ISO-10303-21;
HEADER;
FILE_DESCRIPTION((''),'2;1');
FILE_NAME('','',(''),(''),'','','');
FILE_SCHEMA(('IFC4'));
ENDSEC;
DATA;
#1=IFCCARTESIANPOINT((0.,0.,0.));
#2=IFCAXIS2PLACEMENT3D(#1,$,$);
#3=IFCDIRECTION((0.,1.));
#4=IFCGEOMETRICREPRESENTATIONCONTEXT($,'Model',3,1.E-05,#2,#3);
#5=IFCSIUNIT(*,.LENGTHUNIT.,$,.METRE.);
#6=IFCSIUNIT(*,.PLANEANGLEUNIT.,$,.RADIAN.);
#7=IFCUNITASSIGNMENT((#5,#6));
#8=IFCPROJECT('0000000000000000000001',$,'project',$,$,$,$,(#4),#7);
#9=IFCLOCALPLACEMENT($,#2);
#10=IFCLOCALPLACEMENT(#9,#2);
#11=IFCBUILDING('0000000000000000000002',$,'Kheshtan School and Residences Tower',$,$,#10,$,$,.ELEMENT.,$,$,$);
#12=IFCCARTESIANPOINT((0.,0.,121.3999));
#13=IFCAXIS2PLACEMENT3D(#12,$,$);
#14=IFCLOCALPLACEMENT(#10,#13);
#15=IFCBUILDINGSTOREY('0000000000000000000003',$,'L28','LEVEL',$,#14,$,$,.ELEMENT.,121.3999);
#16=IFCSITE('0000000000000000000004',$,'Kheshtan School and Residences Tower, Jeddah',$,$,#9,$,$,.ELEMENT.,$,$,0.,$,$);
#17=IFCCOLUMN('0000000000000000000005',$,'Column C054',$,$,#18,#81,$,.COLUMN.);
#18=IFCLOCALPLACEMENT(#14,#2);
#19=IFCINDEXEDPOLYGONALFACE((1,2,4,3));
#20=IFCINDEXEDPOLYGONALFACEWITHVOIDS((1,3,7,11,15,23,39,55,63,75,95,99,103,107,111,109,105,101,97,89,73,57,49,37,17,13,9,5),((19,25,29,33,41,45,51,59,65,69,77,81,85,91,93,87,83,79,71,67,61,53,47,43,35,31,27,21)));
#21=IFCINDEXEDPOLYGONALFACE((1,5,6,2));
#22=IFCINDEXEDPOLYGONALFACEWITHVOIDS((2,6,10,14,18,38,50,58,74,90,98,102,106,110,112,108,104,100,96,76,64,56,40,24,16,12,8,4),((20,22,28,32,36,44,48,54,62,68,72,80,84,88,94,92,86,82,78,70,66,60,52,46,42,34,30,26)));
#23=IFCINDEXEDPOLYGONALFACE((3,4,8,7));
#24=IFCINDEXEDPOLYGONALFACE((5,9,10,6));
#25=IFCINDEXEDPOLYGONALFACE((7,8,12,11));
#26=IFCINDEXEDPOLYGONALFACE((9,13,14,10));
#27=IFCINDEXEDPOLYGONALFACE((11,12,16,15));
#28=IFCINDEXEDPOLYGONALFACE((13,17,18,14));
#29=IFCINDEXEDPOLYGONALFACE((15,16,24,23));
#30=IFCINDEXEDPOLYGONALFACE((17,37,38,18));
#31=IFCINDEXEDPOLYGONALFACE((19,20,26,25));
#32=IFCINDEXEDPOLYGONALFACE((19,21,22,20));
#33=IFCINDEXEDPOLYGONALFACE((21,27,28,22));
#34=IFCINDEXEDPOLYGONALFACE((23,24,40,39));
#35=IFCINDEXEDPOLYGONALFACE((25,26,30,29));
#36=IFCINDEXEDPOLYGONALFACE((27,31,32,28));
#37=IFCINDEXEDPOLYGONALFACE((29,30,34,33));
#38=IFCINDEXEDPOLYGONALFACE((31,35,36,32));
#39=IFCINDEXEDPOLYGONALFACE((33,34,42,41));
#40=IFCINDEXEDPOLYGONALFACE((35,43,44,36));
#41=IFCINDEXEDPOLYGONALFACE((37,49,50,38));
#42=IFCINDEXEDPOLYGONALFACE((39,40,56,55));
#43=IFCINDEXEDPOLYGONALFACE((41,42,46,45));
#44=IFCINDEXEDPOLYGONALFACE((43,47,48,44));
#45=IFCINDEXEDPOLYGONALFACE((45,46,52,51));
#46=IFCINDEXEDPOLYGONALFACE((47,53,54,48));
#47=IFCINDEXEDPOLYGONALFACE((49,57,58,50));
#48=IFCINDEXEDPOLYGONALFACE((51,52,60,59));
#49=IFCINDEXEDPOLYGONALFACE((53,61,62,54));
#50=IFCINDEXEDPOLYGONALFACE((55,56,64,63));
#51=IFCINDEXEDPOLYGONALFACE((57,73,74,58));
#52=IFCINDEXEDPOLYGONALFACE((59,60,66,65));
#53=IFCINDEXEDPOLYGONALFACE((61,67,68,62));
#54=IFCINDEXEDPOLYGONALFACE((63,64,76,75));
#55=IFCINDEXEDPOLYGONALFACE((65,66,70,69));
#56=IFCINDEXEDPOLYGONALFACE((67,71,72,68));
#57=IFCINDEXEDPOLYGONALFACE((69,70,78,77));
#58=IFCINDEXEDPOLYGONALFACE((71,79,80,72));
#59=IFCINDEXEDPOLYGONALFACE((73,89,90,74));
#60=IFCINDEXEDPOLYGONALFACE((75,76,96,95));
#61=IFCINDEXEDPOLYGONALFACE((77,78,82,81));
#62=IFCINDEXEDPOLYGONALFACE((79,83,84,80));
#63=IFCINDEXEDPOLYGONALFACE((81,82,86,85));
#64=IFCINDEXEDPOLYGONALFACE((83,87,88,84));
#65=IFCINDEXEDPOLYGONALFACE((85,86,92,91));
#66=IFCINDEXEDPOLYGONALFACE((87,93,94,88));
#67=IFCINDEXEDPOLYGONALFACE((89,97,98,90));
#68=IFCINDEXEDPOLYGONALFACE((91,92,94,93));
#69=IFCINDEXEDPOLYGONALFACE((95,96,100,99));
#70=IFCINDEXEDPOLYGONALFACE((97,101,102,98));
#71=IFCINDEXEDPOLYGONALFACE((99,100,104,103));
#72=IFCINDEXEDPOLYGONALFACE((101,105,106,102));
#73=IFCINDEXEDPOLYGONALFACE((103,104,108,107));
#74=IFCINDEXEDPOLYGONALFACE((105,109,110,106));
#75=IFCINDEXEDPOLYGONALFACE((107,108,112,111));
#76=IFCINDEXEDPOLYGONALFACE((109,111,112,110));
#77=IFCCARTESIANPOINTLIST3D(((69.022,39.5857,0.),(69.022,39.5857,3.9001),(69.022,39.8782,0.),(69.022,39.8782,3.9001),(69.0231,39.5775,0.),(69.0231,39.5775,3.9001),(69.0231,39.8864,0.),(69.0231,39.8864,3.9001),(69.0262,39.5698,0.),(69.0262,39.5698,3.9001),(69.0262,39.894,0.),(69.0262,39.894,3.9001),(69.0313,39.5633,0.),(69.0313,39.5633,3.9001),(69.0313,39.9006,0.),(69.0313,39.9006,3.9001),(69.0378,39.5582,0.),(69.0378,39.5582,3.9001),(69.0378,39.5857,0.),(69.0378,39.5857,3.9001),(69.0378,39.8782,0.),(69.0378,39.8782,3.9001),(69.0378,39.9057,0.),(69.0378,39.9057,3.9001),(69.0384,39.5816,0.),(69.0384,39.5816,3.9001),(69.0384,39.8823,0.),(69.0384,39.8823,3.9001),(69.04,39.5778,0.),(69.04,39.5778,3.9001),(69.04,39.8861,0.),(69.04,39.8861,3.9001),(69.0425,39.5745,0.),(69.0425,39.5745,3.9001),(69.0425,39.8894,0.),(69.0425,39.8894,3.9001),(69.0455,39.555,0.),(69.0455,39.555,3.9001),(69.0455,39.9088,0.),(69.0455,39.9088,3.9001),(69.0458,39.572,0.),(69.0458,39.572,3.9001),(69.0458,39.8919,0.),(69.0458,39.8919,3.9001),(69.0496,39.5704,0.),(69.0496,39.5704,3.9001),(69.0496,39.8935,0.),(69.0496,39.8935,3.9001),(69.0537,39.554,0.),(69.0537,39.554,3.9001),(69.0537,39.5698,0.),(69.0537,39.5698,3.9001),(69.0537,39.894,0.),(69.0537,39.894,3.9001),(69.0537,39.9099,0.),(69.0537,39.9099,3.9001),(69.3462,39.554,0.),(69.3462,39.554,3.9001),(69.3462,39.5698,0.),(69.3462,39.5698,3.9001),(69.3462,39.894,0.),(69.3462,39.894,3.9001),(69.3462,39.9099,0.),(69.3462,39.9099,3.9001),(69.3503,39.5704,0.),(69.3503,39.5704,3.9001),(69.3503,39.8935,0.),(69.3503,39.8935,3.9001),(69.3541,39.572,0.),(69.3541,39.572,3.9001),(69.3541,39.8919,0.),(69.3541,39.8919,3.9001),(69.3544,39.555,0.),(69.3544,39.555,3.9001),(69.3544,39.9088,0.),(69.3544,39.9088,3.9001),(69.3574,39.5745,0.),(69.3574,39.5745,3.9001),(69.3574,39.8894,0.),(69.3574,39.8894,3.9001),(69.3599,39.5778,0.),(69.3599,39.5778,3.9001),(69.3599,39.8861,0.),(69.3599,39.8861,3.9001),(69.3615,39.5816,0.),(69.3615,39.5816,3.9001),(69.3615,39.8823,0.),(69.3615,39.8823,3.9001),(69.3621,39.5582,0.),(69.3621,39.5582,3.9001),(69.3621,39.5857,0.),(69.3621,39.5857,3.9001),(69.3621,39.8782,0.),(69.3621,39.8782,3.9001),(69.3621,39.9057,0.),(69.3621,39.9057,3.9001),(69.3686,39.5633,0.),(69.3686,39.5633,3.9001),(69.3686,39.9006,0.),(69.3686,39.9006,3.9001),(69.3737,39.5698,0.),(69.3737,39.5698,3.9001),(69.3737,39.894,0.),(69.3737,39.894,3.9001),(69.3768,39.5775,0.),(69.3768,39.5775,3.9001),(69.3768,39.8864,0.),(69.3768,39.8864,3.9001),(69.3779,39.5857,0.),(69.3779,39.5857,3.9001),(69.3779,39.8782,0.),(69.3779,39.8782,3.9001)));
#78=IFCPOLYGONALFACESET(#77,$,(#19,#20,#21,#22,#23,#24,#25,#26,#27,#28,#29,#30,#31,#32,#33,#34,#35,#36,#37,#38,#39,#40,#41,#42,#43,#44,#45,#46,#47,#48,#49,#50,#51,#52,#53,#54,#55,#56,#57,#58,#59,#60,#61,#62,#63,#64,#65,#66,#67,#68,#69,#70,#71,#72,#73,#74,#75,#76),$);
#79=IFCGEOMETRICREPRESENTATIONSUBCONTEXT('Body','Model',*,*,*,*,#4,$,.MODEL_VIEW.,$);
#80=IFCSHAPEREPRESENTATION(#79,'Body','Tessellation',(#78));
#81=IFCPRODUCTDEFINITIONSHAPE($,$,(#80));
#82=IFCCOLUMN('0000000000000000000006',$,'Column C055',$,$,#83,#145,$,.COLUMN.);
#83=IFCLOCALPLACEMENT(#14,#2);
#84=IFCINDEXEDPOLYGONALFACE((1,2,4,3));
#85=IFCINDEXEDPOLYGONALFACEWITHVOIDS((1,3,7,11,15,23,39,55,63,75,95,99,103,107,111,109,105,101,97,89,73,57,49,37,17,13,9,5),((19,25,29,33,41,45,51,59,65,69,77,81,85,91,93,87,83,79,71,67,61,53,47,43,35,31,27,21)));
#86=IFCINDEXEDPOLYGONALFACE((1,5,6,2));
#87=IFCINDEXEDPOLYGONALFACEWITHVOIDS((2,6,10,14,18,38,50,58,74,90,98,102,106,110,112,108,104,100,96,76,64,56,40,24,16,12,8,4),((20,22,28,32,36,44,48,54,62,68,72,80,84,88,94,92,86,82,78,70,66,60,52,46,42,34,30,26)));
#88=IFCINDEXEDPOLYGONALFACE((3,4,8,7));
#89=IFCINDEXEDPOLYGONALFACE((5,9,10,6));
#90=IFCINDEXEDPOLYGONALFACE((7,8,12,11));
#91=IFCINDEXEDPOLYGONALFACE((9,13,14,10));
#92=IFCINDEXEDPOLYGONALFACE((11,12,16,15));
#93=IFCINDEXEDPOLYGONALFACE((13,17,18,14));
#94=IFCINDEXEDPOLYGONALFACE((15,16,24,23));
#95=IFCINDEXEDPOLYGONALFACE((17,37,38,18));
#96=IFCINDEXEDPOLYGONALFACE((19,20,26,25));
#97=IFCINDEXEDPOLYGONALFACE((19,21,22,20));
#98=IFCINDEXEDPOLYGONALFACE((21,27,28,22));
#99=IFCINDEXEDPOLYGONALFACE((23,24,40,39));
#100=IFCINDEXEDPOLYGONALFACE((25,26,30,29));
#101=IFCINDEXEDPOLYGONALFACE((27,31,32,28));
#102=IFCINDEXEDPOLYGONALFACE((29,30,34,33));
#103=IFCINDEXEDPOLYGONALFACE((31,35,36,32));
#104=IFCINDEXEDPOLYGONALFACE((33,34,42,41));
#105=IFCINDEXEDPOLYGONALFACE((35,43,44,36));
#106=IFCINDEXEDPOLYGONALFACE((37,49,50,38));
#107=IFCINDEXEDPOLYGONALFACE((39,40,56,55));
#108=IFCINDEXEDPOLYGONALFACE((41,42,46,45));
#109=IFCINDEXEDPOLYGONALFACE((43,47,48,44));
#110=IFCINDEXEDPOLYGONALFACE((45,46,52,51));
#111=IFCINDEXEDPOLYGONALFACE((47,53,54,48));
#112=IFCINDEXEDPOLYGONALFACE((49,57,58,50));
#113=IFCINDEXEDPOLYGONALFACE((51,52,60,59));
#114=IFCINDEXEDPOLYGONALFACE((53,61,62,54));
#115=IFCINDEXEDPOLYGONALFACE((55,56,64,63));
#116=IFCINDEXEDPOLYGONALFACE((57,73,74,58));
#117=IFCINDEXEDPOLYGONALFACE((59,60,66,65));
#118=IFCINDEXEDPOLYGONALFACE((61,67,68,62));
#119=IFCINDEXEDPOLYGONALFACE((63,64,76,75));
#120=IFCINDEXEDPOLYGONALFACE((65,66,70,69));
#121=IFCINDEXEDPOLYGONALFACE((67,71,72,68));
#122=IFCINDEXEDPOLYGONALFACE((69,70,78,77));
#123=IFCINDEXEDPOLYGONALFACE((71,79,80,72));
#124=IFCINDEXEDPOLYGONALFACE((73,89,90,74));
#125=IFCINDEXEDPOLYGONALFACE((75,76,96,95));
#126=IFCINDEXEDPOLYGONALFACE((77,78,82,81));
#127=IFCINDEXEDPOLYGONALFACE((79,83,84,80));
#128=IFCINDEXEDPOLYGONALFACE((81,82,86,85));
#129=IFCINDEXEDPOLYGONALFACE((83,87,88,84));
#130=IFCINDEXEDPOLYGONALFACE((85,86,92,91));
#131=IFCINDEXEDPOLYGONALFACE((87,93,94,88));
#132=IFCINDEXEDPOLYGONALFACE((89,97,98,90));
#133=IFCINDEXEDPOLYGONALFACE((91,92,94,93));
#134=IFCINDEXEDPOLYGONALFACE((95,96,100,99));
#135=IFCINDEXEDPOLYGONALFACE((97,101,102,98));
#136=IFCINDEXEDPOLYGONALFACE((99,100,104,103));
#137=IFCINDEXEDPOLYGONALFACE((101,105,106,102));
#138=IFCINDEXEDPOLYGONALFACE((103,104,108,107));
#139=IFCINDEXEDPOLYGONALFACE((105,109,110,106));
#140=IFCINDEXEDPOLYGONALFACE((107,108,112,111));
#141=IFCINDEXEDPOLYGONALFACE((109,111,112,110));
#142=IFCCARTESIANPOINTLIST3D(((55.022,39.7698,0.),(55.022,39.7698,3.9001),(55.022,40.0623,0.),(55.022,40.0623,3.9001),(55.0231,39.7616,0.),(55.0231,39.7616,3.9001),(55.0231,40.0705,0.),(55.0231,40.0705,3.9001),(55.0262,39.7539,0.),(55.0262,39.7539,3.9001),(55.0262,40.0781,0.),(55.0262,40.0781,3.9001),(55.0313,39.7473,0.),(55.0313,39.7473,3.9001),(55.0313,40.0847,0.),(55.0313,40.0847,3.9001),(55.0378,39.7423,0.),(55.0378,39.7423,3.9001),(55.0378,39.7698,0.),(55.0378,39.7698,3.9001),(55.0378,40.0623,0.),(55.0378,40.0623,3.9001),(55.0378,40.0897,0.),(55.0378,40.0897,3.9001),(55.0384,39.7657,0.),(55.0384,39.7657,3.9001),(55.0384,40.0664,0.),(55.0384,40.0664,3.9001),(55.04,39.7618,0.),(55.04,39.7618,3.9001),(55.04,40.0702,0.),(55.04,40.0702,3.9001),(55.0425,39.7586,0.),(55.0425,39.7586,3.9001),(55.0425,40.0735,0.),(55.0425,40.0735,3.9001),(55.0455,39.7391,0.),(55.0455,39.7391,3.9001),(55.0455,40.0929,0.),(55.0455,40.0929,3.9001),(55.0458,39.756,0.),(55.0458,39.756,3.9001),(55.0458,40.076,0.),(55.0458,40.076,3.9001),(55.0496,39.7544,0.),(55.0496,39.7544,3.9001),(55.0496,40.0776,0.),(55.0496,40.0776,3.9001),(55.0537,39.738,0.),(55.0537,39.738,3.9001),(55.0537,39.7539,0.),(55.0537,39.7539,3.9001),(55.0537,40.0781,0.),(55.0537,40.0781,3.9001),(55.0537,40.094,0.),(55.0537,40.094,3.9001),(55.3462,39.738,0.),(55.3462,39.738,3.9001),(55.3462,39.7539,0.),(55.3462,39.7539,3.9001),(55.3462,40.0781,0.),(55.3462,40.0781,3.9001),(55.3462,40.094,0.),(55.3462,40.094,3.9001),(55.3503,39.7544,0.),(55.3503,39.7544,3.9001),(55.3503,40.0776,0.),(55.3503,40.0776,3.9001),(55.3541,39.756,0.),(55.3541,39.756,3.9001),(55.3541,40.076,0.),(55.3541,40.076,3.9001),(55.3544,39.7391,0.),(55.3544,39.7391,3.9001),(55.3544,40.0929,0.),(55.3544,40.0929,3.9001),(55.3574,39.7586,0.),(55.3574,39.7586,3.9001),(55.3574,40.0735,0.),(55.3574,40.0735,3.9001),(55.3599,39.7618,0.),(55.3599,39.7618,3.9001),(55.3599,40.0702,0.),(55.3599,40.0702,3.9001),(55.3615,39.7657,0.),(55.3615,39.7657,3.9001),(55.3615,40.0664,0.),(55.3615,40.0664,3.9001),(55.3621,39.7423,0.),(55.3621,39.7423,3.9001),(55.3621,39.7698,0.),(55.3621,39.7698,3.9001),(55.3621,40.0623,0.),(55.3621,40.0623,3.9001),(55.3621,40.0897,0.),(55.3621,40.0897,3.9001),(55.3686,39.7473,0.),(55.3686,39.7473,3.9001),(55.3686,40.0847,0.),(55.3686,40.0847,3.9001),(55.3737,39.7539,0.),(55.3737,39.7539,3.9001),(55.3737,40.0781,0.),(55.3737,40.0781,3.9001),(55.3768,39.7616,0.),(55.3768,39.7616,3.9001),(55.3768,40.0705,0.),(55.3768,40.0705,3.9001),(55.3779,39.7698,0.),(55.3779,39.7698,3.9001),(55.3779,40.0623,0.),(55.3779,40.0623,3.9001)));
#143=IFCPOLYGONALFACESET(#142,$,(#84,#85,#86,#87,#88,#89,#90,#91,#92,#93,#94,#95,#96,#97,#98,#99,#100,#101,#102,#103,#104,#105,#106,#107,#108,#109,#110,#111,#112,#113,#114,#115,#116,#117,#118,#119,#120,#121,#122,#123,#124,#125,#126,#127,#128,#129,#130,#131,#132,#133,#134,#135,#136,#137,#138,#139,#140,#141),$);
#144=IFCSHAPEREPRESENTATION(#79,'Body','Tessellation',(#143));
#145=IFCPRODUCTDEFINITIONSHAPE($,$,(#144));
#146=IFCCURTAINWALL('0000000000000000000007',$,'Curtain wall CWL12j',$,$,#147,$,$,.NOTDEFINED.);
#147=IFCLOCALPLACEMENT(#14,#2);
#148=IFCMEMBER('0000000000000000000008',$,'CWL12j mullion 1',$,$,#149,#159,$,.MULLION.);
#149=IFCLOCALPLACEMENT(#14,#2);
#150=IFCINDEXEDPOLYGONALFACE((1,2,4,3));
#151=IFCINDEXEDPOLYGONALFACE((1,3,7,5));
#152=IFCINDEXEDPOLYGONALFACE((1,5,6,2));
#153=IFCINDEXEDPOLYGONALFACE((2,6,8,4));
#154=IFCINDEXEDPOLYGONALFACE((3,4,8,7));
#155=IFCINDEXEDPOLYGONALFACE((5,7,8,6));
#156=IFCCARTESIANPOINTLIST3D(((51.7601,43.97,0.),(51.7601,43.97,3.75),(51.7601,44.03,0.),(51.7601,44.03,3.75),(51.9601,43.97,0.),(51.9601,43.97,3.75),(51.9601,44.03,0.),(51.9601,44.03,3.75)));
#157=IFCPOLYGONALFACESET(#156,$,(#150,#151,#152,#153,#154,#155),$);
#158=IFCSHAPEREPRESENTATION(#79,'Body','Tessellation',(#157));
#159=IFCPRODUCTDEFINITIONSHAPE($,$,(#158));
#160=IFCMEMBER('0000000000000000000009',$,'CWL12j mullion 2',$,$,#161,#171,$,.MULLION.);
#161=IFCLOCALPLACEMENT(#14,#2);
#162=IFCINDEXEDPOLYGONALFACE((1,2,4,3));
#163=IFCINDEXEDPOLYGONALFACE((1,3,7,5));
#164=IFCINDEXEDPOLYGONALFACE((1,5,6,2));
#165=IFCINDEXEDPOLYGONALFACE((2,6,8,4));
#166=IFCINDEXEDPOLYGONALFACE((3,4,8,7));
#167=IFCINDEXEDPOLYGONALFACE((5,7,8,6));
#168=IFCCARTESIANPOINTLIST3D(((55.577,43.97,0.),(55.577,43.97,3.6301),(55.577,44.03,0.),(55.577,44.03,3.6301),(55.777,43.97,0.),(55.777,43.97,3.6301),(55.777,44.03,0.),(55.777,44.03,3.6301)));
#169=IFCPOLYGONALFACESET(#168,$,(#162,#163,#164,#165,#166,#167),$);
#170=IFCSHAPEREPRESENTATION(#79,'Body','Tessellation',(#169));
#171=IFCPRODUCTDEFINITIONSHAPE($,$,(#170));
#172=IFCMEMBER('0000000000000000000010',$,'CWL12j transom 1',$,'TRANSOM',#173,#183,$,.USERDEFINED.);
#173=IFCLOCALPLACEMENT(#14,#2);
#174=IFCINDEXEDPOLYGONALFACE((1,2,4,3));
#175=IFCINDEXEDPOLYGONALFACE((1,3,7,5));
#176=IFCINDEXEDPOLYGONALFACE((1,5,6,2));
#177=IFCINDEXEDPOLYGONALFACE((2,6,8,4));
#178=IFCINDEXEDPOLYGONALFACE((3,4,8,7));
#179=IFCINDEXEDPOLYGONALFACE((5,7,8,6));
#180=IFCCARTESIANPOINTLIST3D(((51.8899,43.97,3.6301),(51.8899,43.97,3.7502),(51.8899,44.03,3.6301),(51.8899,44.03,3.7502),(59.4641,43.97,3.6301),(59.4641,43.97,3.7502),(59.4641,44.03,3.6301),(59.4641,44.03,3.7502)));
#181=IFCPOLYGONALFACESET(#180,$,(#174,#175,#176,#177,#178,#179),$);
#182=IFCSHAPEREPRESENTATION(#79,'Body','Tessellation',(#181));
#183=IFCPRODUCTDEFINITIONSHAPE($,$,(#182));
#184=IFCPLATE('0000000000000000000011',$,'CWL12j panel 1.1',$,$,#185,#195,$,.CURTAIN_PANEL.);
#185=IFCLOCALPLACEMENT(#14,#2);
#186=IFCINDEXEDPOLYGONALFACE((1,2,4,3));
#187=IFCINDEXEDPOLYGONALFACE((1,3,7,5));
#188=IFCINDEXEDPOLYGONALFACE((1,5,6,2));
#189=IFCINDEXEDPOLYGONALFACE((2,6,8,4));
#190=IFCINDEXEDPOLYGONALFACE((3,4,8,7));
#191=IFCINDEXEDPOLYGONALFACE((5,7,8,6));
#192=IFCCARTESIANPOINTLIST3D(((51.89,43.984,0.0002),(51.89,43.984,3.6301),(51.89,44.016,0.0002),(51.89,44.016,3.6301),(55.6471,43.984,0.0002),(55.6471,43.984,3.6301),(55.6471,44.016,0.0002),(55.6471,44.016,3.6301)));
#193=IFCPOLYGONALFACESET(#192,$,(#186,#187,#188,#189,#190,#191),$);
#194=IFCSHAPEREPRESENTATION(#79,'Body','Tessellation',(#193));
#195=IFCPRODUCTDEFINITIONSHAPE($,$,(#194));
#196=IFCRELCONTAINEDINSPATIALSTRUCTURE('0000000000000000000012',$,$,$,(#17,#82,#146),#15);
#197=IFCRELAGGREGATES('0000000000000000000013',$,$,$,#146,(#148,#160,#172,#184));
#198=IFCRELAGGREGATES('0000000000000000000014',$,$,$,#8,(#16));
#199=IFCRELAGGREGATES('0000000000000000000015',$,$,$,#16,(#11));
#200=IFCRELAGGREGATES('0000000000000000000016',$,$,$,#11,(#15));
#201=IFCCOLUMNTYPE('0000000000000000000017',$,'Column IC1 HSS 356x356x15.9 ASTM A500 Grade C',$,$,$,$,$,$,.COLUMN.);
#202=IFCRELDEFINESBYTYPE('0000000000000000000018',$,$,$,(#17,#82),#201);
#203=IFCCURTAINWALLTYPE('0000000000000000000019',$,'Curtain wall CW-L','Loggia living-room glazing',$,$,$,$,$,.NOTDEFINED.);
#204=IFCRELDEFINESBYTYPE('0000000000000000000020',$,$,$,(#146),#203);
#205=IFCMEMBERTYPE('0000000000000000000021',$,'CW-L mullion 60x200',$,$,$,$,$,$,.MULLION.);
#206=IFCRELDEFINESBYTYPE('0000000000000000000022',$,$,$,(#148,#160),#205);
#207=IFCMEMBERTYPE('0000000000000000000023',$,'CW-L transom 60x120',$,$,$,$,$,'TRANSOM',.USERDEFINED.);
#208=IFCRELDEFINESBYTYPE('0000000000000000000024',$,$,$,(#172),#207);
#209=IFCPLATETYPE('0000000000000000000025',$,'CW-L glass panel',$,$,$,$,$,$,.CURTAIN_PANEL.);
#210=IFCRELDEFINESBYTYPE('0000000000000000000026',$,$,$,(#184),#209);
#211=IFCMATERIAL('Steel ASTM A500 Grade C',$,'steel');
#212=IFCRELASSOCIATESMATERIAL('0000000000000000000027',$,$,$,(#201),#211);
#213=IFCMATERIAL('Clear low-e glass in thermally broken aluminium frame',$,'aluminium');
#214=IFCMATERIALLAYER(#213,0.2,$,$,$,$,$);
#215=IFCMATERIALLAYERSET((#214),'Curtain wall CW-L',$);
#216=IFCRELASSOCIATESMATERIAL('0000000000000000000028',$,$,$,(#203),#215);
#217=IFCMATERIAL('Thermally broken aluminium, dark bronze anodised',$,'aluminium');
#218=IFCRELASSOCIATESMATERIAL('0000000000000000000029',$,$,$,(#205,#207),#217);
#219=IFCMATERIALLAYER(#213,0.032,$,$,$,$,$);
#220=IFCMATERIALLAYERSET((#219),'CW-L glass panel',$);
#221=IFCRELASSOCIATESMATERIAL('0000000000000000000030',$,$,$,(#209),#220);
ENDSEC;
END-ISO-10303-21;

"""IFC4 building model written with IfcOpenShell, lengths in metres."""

from ifc_helpers import new_model, si_unit, direction, frame, origin, origin_2d, place, context, subcontext, project, spatial, rectangle, hollow_rectangle, extrude, material, layer, layer_set, material_profile, profile_set, type_object, element, aggregate, save


model = new_model("IFC4")

# Units and contexts
model_context = context("Model", 3, precision=1e-05, world=origin(), true_north=direction((0.0, 1.0)))
body_context = subcontext(model_context, "Body", "Model", "MODEL_VIEW")
ifc_project = project(units=[si_unit("LENGTHUNIT", "METRE"), si_unit("PLANEANGLEUNIT", "RADIAN")], contexts=[model_context])

# Site, building, storey
site_placement = place(None, origin())
site = spatial("IfcSite", under=ifc_project, at=site_placement, Name="Kheshtan School and Residences Tower, Jeddah", CompositionType="ELEMENT", RefElevation=0.0)
building_placement = place(site_placement, origin())
building = spatial("IfcBuilding", under=site, at=building_placement, Name="Kheshtan School and Residences Tower", CompositionType="ELEMENT")
storey_placement = place(building_placement, frame((0.0, 0.0, 121.3999)))
storey = spatial("IfcBuildingStorey", under=building, at=storey_placement, Name="L28", Description="LEVEL", CompositionType="ELEMENT", Elevation=121.3999)

# Columns
ifc_material_1 = material(Name="Steel ASTM A500 Grade C", Category="steel")
ifc_material_profile_1 = material_profile(ifc_material_1, hollow_rectangle(XDim=0.356, YDim=0.356, WallThickness=0.0159, InnerFilletRadius=0.0159, OuterFilletRadius=0.0317, at=origin_2d()), Name="HSS 356x356x15.9")
ifc_profile_set_1 = profile_set([ifc_material_profile_1], Name="Steel ASTM A500 Grade C")
column_type = type_object("IfcColumnType", Name="Column IC1 HSS 356x356x15.9 ASTM A500 Grade C", PredefinedType="COLUMN", material=ifc_profile_set_1)
for number, where, z_axis, x_axis, name in (
    (1, (69.2, 39.7319, 0.0), (0.0, 0.0, 1.0), (1.0, 0.0, 0.0), "Column C054"),
    (2, (55.2, 39.916, 0.0), (0.0, 0.0, 1.0), (1.0, 0.0, 0.0), "Column C055"),
):
    element("IfcColumn", number, at=place(storey_placement, frame(where, z_axis=z_axis, x_axis=x_axis)), inside=storey, type_object=column_type, Name=name, PredefinedType="COLUMN", context=body_context, shape_type="SweptSolid", body=[
        extrude(hollow_rectangle(XDim=0.356, YDim=0.356, WallThickness=0.0159, InnerFilletRadius=0.0159, OuterFilletRadius=0.0317, at=origin_2d()), origin(), (0.0, 0.0, 1.0), 3.9001),
    ])

# Curtain wall, members, plate
ifc_material_2 = material(Name="Clear low-e glass in thermally broken aluminium frame", Category="aluminium")
ifc_layer_1 = layer(ifc_material_2, 0.2)
ifc_layer_set_1 = layer_set([ifc_layer_1], Name="Curtain wall CW-L")
curtain_wall_type = type_object("IfcCurtainWallType", Name="Curtain wall CW-L", Description="Loggia living-room glazing", PredefinedType="NOTDEFINED", material=ifc_layer_set_1)
curtain_wall_placement = place(storey_placement, origin())
curtain_wall = element("IfcCurtainWall", 3, at=curtain_wall_placement, inside=storey, type_object=curtain_wall_type, Name="Curtain wall CWL12j", PredefinedType="NOTDEFINED")
ifc_material_3 = material(Name="Thermally broken aluminium, dark bronze anodised", Category="aluminium")
ifc_material_profile_2 = material_profile(ifc_material_3, rectangle(XDim=0.0601, YDim=0.2, at=origin_2d()), Name="CW-L mullion 60x200")
ifc_profile_set_2 = profile_set([ifc_material_profile_2], Name="Thermally broken aluminium, dark bronze anodised")
member_type_1 = type_object("IfcMemberType", Name="CW-L mullion 60x200", PredefinedType="MULLION", material=ifc_profile_set_2)
member_1_placement = place(storey_placement, frame((51.8601, 44.0, 0.0), z_axis=(0.0, 0.0, 1.0), x_axis=(0.0, 1.0, 0.0)))
member_1 = element("IfcMember", 4, at=member_1_placement, type_object=member_type_1, Name="CWL12j mullion 1", PredefinedType="MULLION", context=body_context, shape_type="SweptSolid", body=[
    extrude(rectangle(XDim=0.0601, YDim=0.2, at=origin_2d()), origin(), (0.0, 0.0, 1.0), 3.75),
])
member_2_placement = place(storey_placement, frame((55.677, 44.0, 0.0), z_axis=(0.0, 0.0, 1.0), x_axis=(0.0, 1.0, 0.0)))
member_2 = element("IfcMember", 5, at=member_2_placement, type_object=member_type_1, Name="CWL12j mullion 2", PredefinedType="MULLION", context=body_context, shape_type="SweptSolid", body=[
    extrude(rectangle(XDim=0.0601, YDim=0.2, at=origin_2d()), origin(), (0.0, 0.0, 1.0), 3.6301),
])
ifc_material_profile_3 = material_profile(ifc_material_3, rectangle(XDim=0.0601, YDim=0.1201, at=origin_2d()), Name="CW-L transom 60x120")
ifc_profile_set_3 = profile_set([ifc_material_profile_3], Name="Thermally broken aluminium, dark bronze anodised")
member_type_2 = type_object("IfcMemberType", Name="CW-L transom 60x120", ElementType="TRANSOM", PredefinedType="USERDEFINED", material=ifc_profile_set_3)
member_3_placement = place(storey_placement, frame((51.8899, 44.0, 3.6902), z_axis=(1.0, 0.0, 0.0), x_axis=(0.0, 1.0, 0.0)))
member_3 = element("IfcMember", 6, at=member_3_placement, type_object=member_type_2, Name="CWL12j transom 1", ObjectType="TRANSOM", PredefinedType="USERDEFINED", context=body_context, shape_type="SweptSolid", body=[
    extrude(rectangle(XDim=0.0601, YDim=0.1201, at=origin_2d()), origin(), (0.0, 0.0, 1.0), 7.5742),
])
ifc_layer_2 = layer(ifc_material_2, 0.032)
ifc_layer_set_2 = layer_set([ifc_layer_2], Name="CW-L glass panel")
plate_type = type_object("IfcPlateType", Name="CW-L glass panel", PredefinedType="CURTAIN_PANEL", material=ifc_layer_set_2)
plate_1_placement = place(storey_placement, frame((53.7686, 44.0, 0.0002), z_axis=(0.0, 0.0, 1.0), x_axis=(1.0, 0.0, 0.0)))
plate_1 = element("IfcPlate", 7, at=plate_1_placement, type_object=plate_type, Name="CWL12j panel 1.1", PredefinedType="CURTAIN_PANEL", context=body_context, shape_type="SweptSolid", body=[
    extrude(rectangle(XDim=3.7571, YDim=0.032, at=origin_2d()), origin(), (0.0, 0.0, 1.0), 3.6299),
])
aggregate(curtain_wall, [member_1, member_2, member_3, plate_1])

save(model, "model.ifc")
